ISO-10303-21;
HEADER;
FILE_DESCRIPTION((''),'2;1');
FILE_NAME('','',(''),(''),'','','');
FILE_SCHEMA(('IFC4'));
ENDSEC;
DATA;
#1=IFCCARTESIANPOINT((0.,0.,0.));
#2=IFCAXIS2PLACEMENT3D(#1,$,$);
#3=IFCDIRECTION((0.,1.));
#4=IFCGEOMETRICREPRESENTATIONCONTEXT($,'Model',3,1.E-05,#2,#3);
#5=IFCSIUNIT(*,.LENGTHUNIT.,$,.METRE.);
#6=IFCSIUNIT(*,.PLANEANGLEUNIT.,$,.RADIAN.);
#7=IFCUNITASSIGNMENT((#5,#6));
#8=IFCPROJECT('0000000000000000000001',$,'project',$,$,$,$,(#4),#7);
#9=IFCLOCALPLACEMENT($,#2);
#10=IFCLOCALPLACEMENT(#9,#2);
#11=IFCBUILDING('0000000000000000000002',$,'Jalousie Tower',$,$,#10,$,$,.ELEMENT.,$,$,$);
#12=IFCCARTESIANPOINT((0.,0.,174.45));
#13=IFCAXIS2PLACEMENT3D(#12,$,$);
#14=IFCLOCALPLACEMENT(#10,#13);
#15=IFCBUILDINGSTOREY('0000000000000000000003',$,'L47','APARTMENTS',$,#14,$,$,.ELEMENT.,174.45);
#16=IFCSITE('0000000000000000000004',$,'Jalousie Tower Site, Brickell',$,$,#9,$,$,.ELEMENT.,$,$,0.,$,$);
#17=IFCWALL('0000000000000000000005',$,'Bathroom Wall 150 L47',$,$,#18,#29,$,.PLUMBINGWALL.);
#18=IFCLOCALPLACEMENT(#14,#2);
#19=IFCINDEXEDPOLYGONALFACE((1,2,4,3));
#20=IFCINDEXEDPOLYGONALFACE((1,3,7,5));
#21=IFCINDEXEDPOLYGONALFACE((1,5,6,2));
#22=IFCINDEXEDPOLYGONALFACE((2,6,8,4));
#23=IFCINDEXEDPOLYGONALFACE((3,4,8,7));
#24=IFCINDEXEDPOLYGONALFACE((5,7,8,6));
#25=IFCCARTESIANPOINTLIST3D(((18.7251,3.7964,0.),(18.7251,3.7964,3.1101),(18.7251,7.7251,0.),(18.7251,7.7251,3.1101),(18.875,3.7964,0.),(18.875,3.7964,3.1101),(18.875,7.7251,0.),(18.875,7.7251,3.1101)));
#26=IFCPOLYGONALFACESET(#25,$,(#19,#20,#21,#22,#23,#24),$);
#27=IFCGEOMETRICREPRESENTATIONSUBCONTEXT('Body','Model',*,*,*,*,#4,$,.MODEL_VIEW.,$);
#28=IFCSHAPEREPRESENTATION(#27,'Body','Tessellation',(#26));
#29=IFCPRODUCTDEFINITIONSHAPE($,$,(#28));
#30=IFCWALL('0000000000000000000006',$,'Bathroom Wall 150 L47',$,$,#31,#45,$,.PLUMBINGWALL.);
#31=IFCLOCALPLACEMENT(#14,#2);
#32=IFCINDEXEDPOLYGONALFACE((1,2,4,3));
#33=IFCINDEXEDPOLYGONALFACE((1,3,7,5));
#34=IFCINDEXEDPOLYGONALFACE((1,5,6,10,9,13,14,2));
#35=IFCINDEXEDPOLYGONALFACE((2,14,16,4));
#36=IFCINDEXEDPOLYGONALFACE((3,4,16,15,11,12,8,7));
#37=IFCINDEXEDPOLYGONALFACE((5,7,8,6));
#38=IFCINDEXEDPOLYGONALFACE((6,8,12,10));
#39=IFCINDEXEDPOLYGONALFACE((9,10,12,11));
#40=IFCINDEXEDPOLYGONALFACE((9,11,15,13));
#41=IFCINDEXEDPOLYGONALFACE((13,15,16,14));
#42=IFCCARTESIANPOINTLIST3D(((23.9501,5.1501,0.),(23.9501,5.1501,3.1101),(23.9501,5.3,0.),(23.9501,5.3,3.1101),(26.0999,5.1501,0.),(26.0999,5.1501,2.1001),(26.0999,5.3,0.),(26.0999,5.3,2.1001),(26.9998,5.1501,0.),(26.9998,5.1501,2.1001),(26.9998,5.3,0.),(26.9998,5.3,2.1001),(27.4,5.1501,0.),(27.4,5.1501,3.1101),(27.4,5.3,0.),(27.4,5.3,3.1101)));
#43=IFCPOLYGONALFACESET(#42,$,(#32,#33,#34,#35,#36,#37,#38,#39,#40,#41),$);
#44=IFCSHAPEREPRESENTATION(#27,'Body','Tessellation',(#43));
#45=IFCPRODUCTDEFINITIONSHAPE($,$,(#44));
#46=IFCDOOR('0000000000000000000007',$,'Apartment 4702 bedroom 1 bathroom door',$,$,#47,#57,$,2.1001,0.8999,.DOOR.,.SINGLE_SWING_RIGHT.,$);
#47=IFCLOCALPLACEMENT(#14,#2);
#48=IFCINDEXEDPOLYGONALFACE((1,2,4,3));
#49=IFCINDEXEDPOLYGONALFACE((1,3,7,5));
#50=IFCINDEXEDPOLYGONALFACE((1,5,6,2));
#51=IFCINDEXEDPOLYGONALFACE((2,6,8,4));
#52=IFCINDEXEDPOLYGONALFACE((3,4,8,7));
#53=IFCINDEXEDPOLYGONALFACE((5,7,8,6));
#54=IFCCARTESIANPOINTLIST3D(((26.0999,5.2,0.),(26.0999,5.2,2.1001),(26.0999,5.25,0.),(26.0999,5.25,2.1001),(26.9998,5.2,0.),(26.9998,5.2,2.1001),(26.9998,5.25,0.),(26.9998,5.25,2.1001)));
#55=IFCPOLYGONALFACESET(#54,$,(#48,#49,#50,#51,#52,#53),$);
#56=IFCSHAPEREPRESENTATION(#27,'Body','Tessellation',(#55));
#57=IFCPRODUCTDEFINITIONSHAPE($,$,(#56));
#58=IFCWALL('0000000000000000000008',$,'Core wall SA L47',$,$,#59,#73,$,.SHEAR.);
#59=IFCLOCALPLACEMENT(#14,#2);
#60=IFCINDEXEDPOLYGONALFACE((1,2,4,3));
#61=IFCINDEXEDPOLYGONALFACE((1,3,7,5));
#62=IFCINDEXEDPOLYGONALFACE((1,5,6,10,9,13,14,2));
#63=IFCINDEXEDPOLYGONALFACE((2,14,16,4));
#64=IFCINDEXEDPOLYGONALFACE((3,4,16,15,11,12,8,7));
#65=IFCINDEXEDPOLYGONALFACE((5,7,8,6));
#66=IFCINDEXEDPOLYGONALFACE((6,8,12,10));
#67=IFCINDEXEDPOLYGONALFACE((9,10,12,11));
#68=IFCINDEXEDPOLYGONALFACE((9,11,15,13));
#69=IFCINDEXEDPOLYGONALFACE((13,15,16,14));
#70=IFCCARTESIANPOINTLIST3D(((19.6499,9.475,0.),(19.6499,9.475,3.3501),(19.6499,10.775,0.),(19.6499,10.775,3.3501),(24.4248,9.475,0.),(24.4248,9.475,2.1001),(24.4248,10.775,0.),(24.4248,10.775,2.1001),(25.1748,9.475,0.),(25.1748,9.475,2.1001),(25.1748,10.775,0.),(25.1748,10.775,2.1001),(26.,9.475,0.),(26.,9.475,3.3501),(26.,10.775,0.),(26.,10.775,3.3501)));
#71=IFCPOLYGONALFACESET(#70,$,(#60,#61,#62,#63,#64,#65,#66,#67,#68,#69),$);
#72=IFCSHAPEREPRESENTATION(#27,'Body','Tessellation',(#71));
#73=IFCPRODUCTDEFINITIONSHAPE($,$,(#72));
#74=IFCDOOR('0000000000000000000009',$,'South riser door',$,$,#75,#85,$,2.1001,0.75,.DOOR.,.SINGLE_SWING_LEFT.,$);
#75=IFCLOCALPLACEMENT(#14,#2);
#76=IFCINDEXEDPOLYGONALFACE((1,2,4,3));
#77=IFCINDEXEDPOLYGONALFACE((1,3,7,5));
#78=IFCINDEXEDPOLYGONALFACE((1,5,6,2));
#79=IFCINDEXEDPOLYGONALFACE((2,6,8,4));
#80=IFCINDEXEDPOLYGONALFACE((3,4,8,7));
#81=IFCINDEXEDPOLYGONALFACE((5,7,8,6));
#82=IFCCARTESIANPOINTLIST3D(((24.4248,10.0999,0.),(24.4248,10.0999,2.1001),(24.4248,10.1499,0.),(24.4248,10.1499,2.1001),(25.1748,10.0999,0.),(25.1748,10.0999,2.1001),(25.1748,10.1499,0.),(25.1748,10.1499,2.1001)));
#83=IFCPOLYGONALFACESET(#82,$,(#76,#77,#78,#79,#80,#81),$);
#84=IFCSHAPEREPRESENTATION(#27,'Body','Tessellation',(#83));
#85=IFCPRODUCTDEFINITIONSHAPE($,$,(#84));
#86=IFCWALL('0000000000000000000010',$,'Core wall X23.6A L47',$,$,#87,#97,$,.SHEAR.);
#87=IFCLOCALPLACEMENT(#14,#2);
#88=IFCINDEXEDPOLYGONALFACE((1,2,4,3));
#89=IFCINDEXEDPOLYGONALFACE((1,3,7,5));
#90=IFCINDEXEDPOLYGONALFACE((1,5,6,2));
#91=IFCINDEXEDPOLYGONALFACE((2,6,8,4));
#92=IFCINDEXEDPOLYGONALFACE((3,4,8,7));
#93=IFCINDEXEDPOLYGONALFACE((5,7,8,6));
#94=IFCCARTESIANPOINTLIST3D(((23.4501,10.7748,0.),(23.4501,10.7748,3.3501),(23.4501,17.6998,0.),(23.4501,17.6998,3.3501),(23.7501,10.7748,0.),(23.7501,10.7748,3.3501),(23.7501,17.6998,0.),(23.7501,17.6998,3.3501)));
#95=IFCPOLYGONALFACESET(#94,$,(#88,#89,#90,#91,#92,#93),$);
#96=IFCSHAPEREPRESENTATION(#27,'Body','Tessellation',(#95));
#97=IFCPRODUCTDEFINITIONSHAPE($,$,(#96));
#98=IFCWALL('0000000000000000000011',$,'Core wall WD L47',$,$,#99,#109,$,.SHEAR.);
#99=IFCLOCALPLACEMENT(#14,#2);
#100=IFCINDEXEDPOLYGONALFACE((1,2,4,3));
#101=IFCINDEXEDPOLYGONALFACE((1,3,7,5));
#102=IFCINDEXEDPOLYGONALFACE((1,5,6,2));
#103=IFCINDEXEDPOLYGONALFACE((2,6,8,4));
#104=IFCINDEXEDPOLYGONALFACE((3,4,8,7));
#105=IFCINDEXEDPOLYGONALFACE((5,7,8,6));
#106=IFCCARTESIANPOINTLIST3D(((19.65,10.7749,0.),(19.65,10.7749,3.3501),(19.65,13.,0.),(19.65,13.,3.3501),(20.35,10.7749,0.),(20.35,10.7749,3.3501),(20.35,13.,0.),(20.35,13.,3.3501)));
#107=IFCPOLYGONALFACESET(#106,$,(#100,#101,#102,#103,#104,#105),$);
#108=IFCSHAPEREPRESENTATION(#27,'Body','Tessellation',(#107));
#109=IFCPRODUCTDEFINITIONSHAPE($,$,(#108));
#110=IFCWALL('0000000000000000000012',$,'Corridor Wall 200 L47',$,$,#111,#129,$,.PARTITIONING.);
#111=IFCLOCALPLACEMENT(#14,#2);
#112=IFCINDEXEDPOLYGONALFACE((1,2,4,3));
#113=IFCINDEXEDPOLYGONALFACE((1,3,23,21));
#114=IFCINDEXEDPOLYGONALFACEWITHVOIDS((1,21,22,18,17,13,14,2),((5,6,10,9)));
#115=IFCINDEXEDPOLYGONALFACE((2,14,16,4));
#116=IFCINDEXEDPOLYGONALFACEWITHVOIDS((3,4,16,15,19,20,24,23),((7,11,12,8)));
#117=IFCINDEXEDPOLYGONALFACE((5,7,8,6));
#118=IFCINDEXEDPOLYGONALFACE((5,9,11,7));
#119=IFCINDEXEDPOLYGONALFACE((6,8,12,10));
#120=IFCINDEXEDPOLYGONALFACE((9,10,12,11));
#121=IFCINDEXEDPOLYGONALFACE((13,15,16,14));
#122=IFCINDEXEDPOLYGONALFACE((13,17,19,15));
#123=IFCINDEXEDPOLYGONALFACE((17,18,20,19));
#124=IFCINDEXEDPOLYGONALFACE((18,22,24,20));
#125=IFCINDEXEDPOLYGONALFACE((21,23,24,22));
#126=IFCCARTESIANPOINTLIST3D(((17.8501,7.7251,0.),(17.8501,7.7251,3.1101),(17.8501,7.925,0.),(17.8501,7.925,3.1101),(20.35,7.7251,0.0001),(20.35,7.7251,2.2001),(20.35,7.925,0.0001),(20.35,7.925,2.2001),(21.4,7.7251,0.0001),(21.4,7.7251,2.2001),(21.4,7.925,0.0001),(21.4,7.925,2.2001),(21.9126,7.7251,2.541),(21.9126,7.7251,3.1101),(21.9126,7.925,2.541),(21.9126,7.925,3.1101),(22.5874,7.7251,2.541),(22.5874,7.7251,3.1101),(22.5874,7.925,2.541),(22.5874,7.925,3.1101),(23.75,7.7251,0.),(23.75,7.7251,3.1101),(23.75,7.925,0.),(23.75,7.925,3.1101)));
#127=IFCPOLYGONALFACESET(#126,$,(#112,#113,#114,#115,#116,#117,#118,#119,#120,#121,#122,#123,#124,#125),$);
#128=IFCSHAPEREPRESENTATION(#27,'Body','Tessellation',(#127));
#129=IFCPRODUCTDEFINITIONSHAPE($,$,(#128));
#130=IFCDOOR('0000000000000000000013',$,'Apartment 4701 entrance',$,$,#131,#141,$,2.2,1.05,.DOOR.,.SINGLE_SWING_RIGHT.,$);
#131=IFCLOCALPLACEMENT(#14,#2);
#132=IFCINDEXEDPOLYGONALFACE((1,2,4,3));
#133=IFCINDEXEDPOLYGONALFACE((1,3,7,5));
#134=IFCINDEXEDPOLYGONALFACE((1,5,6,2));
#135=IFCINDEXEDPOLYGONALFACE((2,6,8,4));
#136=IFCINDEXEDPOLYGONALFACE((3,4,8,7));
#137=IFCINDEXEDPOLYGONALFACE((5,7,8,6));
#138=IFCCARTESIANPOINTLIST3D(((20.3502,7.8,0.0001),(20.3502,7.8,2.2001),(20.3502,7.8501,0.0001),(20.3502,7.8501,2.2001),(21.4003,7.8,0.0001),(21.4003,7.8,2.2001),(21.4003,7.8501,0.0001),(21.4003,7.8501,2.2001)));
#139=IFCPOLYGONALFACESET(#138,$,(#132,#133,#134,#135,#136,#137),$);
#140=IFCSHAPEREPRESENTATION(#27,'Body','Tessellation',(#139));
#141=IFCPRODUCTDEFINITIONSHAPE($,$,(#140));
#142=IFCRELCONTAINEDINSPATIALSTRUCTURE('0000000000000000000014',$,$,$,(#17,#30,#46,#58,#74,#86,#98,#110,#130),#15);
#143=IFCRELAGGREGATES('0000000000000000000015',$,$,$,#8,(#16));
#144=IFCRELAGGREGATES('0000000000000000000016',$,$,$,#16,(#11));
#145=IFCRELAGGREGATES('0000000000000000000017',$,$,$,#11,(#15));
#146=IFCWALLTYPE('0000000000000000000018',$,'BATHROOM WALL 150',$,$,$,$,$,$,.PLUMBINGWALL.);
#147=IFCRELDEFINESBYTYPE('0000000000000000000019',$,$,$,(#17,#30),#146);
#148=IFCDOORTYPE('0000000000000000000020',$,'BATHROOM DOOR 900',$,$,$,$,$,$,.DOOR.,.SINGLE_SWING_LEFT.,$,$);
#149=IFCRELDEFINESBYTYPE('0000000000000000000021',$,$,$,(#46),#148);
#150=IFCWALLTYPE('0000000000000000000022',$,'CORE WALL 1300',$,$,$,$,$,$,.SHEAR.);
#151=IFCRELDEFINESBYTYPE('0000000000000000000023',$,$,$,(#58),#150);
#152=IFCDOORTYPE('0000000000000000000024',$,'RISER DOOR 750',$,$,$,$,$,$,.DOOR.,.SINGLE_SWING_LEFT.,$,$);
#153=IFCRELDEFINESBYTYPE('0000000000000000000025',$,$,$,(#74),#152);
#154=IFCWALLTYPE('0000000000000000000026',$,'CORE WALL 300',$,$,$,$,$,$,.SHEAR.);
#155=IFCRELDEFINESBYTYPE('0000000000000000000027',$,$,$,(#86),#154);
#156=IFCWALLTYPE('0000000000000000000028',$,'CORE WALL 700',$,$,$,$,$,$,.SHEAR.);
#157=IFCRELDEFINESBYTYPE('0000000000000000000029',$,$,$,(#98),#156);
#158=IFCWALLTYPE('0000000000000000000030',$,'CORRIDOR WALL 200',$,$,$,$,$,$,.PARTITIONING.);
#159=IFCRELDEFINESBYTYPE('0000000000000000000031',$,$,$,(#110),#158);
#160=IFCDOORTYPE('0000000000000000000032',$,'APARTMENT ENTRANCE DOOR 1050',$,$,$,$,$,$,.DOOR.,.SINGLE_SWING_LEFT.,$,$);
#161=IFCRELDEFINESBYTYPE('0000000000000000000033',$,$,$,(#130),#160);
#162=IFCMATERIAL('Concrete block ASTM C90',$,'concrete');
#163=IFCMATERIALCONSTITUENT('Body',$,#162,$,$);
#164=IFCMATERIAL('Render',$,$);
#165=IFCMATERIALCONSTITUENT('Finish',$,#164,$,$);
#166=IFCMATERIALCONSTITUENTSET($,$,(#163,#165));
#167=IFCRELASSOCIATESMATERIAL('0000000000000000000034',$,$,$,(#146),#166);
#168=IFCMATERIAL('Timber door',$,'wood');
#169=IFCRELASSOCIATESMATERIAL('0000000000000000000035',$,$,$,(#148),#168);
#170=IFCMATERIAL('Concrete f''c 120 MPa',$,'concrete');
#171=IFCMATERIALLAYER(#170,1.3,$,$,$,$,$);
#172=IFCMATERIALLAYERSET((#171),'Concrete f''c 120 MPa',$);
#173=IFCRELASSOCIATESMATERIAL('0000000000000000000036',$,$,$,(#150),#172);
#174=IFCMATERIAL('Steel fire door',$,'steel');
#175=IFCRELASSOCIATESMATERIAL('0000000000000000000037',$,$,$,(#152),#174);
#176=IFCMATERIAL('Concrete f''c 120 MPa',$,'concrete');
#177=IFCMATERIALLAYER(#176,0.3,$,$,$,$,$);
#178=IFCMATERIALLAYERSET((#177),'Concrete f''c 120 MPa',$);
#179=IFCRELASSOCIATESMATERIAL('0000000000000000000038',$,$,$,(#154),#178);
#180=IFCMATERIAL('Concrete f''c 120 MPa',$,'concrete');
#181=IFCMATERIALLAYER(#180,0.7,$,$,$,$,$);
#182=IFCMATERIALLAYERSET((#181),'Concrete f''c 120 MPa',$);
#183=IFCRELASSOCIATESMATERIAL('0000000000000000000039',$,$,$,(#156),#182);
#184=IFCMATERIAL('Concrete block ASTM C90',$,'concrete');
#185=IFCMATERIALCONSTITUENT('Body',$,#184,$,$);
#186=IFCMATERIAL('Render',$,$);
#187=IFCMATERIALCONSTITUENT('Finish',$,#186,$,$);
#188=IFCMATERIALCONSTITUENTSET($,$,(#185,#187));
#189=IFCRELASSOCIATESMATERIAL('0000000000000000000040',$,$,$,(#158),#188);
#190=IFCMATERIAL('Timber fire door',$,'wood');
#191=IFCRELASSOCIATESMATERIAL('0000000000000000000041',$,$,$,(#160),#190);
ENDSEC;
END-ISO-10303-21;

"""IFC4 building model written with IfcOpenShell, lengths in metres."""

from ifc_helpers import new_model, si_unit, direction, frame, frame_2d, origin, place, context, subcontext, project, spatial, polyline, rectangle, outline, extrude, material, layer, layer_set, constituent, constituent_set, type_object, element, fill, save


model = new_model("IFC4")

# Units and contexts
model_context = context("Model", 3, precision=1e-05, world=origin(), true_north=direction((0.0, 1.0)))
body_context = subcontext(model_context, "Body", "Model", "MODEL_VIEW")
ifc_project = project(units=[si_unit("LENGTHUNIT", "METRE"), si_unit("PLANEANGLEUNIT", "RADIAN")], contexts=[model_context])

# Site, building, storey
site_placement = place(None, origin())
site = spatial("IfcSite", under=ifc_project, at=site_placement, Name="Jalousie Tower Site, Brickell", CompositionType="ELEMENT", RefElevation=0.0)
building_placement = place(site_placement, origin())
building = spatial("IfcBuilding", under=site, at=building_placement, Name="Jalousie Tower", CompositionType="ELEMENT")
storey_placement = place(building_placement, frame((0.0, 0.0, 174.45)))
storey = spatial("IfcBuildingStorey", under=building, at=storey_placement, Name="L47", Description="APARTMENTS", CompositionType="ELEMENT", Elevation=174.45)

# Wall
ifc_material_1 = material(Name="Concrete block ASTM C90", Category="concrete")
ifc_constituent_1 = constituent(ifc_material_1, Name="Body")
ifc_material_2 = material(Name="Render")
ifc_constituent_2 = constituent(ifc_material_2, Name="Finish")
ifc_constituent_set_1 = constituent_set(constituents=[ifc_constituent_1, ifc_constituent_2])
wall_type_1 = type_object("IfcWallType", Name="BATHROOM WALL 150", PredefinedType="PLUMBINGWALL", material=ifc_constituent_set_1)
wall_1_placement = place(storey_placement, frame((18.8, 3.7964, 0.0), z_axis=(0.0, 0.0, 1.0), x_axis=(0.0, 1.0, 0.0)))
element("IfcWall", 1, at=wall_1_placement, inside=storey, type_object=wall_type_1, Name="Bathroom Wall 150 L47", PredefinedType="PLUMBINGWALL", context=body_context, shape_type="SweptSolid", body=[
    extrude(rectangle(XDim=3.9287, YDim=0.1499, at=frame_2d((1.9644, 0.0))), origin(), (0.0, 0.0, 1.0), 3.1101),
])

# Walls, openings, doors
wall_2_placement = place(storey_placement, frame((23.95, 5.2251, 0.0), z_axis=(0.0, 0.0, 1.0), x_axis=(1.0, 0.0, 0.0)))
wall_2 = element("IfcWall", 2, at=wall_2_placement, inside=storey, type_object=wall_type_1, Name="Bathroom Wall 150 L47", PredefinedType="PLUMBINGWALL", context=body_context, shape_type="SweptSolid", body=[
    extrude(rectangle(XDim=3.45, YDim=0.1499, at=frame_2d((1.7251, 0.0))), origin(), (0.0, 0.0, 1.0), 3.1101),
])
opening_1_placement = place(wall_2_placement, frame((2.1499, 0.0, 0.0)))
opening_1 = element("IfcOpeningElement", 3, at=opening_1_placement, cuts=wall_2, PredefinedType="OPENING", context=body_context, shape_type="SweptSolid", body=[
    extrude(rectangle(XDim=0.8999, YDim=2.1001, at=frame_2d((0.45, 1.05))), frame((0.0, 0.085, 0.0), z_axis=(0.0, -1.0, 0.0), x_axis=(1.0, 0.0, 0.0)), (0.0, 0.0, 1.0), 0.1699),
])
ifc_material_3 = material(Name="Timber door", Category="wood")
door_type_1 = type_object("IfcDoorType", Name="BATHROOM DOOR 900", OperationType="SINGLE_SWING_LEFT", PredefinedType="DOOR", material=ifc_material_3)
door_1_placement = place(opening_1_placement, origin())
door_1 = element("IfcDoor", 4, at=door_1_placement, inside=storey, type_object=door_type_1, Name="Apartment 4702 bedroom 1 bathroom door", OperationType="SINGLE_SWING_RIGHT", OverallHeight=2.1001, OverallWidth=0.8999, PredefinedType="DOOR", context=body_context, shape_type="SweptSolid", body=[
    extrude(rectangle(XDim=0.8999, YDim=2.1001, at=frame_2d((0.45, 1.05))), frame((0.0, 0.0249, 0.0), z_axis=(0.0, -1.0, 0.0), x_axis=(1.0, 0.0, 0.0)), (0.0, 0.0, 1.0), 0.05),
])
fill(opening_1, door_1)
ifc_material_4 = material(Name="Concrete f'c 120 MPa", Category="concrete")
ifc_layer_1 = layer(ifc_material_4, 1.3)
ifc_layer_set_1 = layer_set([ifc_layer_1], Name="Concrete f'c 120 MPa")
wall_type_2 = type_object("IfcWallType", Name="CORE WALL 1300", PredefinedType="SHEAR", material=ifc_layer_set_1)
wall_3_placement = place(storey_placement, frame((19.6499, 10.125, 0.0), z_axis=(0.0, 0.0, 1.0), x_axis=(1.0, 0.0, 0.0)))
wall_3 = element("IfcWall", 5, at=wall_3_placement, inside=storey, type_object=wall_type_2, Name="Core wall SA L47", PredefinedType="SHEAR", context=body_context, shape_type="SweptSolid", body=[
    extrude(rectangle(XDim=6.3501, YDim=1.3, at=frame_2d((3.175, 0.0))), origin(), (0.0, 0.0, 1.0), 3.3501),
])
opening_2_placement = place(wall_3_placement, frame((4.7749, 0.0, 0.0)))
opening_2 = element("IfcOpeningElement", 6, at=opening_2_placement, cuts=wall_3, PredefinedType="OPENING", context=body_context, shape_type="SweptSolid", body=[
    extrude(rectangle(XDim=0.75, YDim=2.1001, at=frame_2d((0.375, 1.05))), frame((0.0, 0.6599, 0.0), z_axis=(0.0, -1.0, 0.0), x_axis=(1.0, 0.0, 0.0)), (0.0, 0.0, 1.0), 1.3201),
])
ifc_material_5 = material(Name="Steel fire door", Category="steel")
door_type_2 = type_object("IfcDoorType", Name="RISER DOOR 750", OperationType="SINGLE_SWING_LEFT", PredefinedType="DOOR", material=ifc_material_5)
door_2_placement = place(opening_2_placement, origin())
door_2 = element("IfcDoor", 7, at=door_2_placement, inside=storey, type_object=door_type_2, Name="South riser door", OperationType="SINGLE_SWING_LEFT", OverallHeight=2.1001, OverallWidth=0.75, PredefinedType="DOOR", context=body_context, shape_type="SweptSolid", body=[
    extrude(rectangle(XDim=0.75, YDim=2.1001, at=frame_2d((0.375, 1.05))), frame((0.0, 0.0249, 0.0), z_axis=(0.0, -1.0, 0.0), x_axis=(1.0, 0.0, 0.0)), (0.0, 0.0, 1.0), 0.05),
])
fill(opening_2, door_2)

# Walls
ifc_material_6 = material(Name="Concrete f'c 120 MPa", Category="concrete")
ifc_layer_2 = layer(ifc_material_6, 0.3)
ifc_layer_set_2 = layer_set([ifc_layer_2], Name="Concrete f'c 120 MPa")
wall_type_3 = type_object("IfcWallType", Name="CORE WALL 300", PredefinedType="SHEAR", material=ifc_layer_set_2)
wall_4_placement = place(storey_placement, frame((23.6001, 10.7749, 0.0), z_axis=(0.0, 0.0, 1.0), x_axis=(0.0, 1.0, 0.0)))
element("IfcWall", 8, at=wall_4_placement, inside=storey, type_object=wall_type_3, Name="Core wall X23.6A L47", PredefinedType="SHEAR", context=body_context, shape_type="SweptSolid", body=[
    extrude(rectangle(XDim=6.925, YDim=0.3, at=frame_2d((3.4624, 0.0))), origin(), (0.0, 0.0, 1.0), 3.3501),
])
ifc_material_7 = material(Name="Concrete f'c 120 MPa", Category="concrete")
ifc_layer_3 = layer(ifc_material_7, 0.7)
ifc_layer_set_3 = layer_set([ifc_layer_3], Name="Concrete f'c 120 MPa")
wall_type_4 = type_object("IfcWallType", Name="CORE WALL 700", PredefinedType="SHEAR", material=ifc_layer_set_3)
wall_5_placement = place(storey_placement, frame((20.0, 13.0, 0.0), z_axis=(0.0, 0.0, 1.0), x_axis=(0.0, -1.0, 0.0)))
element("IfcWall", 9, at=wall_5_placement, inside=storey, type_object=wall_type_4, Name="Core wall WD L47", PredefinedType="SHEAR", context=body_context, shape_type="SweptSolid", body=[
    extrude(rectangle(XDim=2.2251, YDim=0.7, at=frame_2d((1.1125, 0.0))), origin(), (0.0, 0.0, 1.0), 3.3501),
])

# Wall, opening, door
ifc_material_8 = material(Name="Concrete block ASTM C90", Category="concrete")
ifc_constituent_3 = constituent(ifc_material_8, Name="Body")
ifc_material_9 = material(Name="Render")
ifc_constituent_4 = constituent(ifc_material_9, Name="Finish")
ifc_constituent_set_2 = constituent_set(constituents=[ifc_constituent_3, ifc_constituent_4])
wall_type_5 = type_object("IfcWallType", Name="CORRIDOR WALL 200", PredefinedType="PARTITIONING", material=ifc_constituent_set_2)
wall_6_placement = place(storey_placement, frame((17.8501, 7.825, 0.0), z_axis=(0.0, 0.0, 1.0), x_axis=(1.0, 0.0, 0.0)))
wall_6 = element("IfcWall", 10, at=wall_6_placement, inside=storey, type_object=wall_type_5, Name="Corridor Wall 200 L47", PredefinedType="PARTITIONING", context=body_context, shape_type="SweptSolid", body=[
    extrude(outline(polyline([(0.0, 0.0), (5.8999, 0.0), (5.8999, 3.1101), (4.7373, 3.1101), (4.7373, 2.541), (4.0625, 2.541), (4.0625, 3.1101), (0.0, 3.1101), (0.0, 0.0)])), frame((0.0, 0.1001, 0.0), z_axis=(0.0, -1.0, 0.0), x_axis=(1.0, 0.0, 0.0)), (0.0, 0.0, 1.0), 0.2),
])
opening_3_placement = place(wall_6_placement, frame((2.5, 0.0, 0.0)))
opening_3 = element("IfcOpeningElement", 11, at=opening_3_placement, cuts=wall_6, PredefinedType="OPENING", context=body_context, shape_type="SweptSolid", body=[
    extrude(rectangle(XDim=1.05, YDim=2.2, at=frame_2d((0.5249, 1.1001))), frame((0.0, 0.1099, 0.0), z_axis=(0.0, -1.0, 0.0), x_axis=(1.0, 0.0, 0.0)), (0.0, 0.0, 1.0), 0.22),
])
ifc_material_10 = material(Name="Timber fire door", Category="wood")
door_type_3 = type_object("IfcDoorType", Name="APARTMENT ENTRANCE DOOR 1050", OperationType="SINGLE_SWING_LEFT", PredefinedType="DOOR", material=ifc_material_10)
door_3_placement = place(opening_3_placement, frame((1.05, 0.0, 0.0), z_axis=(0.0, 0.0, 1.0), x_axis=(-1.0, 0.0, 0.0)))
door_3 = element("IfcDoor", 12, at=door_3_placement, inside=storey, type_object=door_type_3, Name="Apartment 4701 entrance", OperationType="SINGLE_SWING_RIGHT", OverallHeight=2.2, OverallWidth=1.05, PredefinedType="DOOR", context=body_context, shape_type="SweptSolid", body=[
    extrude(rectangle(XDim=1.05, YDim=2.2, at=frame_2d((0.5249, 1.1001))), frame((0.0, 0.0249, 0.0), z_axis=(0.0, -1.0, 0.0), x_axis=(1.0, 0.0, 0.0)), (0.0, 0.0, 1.0), 0.05),
])
fill(opening_3, door_3)

save(model, "model.ifc")
